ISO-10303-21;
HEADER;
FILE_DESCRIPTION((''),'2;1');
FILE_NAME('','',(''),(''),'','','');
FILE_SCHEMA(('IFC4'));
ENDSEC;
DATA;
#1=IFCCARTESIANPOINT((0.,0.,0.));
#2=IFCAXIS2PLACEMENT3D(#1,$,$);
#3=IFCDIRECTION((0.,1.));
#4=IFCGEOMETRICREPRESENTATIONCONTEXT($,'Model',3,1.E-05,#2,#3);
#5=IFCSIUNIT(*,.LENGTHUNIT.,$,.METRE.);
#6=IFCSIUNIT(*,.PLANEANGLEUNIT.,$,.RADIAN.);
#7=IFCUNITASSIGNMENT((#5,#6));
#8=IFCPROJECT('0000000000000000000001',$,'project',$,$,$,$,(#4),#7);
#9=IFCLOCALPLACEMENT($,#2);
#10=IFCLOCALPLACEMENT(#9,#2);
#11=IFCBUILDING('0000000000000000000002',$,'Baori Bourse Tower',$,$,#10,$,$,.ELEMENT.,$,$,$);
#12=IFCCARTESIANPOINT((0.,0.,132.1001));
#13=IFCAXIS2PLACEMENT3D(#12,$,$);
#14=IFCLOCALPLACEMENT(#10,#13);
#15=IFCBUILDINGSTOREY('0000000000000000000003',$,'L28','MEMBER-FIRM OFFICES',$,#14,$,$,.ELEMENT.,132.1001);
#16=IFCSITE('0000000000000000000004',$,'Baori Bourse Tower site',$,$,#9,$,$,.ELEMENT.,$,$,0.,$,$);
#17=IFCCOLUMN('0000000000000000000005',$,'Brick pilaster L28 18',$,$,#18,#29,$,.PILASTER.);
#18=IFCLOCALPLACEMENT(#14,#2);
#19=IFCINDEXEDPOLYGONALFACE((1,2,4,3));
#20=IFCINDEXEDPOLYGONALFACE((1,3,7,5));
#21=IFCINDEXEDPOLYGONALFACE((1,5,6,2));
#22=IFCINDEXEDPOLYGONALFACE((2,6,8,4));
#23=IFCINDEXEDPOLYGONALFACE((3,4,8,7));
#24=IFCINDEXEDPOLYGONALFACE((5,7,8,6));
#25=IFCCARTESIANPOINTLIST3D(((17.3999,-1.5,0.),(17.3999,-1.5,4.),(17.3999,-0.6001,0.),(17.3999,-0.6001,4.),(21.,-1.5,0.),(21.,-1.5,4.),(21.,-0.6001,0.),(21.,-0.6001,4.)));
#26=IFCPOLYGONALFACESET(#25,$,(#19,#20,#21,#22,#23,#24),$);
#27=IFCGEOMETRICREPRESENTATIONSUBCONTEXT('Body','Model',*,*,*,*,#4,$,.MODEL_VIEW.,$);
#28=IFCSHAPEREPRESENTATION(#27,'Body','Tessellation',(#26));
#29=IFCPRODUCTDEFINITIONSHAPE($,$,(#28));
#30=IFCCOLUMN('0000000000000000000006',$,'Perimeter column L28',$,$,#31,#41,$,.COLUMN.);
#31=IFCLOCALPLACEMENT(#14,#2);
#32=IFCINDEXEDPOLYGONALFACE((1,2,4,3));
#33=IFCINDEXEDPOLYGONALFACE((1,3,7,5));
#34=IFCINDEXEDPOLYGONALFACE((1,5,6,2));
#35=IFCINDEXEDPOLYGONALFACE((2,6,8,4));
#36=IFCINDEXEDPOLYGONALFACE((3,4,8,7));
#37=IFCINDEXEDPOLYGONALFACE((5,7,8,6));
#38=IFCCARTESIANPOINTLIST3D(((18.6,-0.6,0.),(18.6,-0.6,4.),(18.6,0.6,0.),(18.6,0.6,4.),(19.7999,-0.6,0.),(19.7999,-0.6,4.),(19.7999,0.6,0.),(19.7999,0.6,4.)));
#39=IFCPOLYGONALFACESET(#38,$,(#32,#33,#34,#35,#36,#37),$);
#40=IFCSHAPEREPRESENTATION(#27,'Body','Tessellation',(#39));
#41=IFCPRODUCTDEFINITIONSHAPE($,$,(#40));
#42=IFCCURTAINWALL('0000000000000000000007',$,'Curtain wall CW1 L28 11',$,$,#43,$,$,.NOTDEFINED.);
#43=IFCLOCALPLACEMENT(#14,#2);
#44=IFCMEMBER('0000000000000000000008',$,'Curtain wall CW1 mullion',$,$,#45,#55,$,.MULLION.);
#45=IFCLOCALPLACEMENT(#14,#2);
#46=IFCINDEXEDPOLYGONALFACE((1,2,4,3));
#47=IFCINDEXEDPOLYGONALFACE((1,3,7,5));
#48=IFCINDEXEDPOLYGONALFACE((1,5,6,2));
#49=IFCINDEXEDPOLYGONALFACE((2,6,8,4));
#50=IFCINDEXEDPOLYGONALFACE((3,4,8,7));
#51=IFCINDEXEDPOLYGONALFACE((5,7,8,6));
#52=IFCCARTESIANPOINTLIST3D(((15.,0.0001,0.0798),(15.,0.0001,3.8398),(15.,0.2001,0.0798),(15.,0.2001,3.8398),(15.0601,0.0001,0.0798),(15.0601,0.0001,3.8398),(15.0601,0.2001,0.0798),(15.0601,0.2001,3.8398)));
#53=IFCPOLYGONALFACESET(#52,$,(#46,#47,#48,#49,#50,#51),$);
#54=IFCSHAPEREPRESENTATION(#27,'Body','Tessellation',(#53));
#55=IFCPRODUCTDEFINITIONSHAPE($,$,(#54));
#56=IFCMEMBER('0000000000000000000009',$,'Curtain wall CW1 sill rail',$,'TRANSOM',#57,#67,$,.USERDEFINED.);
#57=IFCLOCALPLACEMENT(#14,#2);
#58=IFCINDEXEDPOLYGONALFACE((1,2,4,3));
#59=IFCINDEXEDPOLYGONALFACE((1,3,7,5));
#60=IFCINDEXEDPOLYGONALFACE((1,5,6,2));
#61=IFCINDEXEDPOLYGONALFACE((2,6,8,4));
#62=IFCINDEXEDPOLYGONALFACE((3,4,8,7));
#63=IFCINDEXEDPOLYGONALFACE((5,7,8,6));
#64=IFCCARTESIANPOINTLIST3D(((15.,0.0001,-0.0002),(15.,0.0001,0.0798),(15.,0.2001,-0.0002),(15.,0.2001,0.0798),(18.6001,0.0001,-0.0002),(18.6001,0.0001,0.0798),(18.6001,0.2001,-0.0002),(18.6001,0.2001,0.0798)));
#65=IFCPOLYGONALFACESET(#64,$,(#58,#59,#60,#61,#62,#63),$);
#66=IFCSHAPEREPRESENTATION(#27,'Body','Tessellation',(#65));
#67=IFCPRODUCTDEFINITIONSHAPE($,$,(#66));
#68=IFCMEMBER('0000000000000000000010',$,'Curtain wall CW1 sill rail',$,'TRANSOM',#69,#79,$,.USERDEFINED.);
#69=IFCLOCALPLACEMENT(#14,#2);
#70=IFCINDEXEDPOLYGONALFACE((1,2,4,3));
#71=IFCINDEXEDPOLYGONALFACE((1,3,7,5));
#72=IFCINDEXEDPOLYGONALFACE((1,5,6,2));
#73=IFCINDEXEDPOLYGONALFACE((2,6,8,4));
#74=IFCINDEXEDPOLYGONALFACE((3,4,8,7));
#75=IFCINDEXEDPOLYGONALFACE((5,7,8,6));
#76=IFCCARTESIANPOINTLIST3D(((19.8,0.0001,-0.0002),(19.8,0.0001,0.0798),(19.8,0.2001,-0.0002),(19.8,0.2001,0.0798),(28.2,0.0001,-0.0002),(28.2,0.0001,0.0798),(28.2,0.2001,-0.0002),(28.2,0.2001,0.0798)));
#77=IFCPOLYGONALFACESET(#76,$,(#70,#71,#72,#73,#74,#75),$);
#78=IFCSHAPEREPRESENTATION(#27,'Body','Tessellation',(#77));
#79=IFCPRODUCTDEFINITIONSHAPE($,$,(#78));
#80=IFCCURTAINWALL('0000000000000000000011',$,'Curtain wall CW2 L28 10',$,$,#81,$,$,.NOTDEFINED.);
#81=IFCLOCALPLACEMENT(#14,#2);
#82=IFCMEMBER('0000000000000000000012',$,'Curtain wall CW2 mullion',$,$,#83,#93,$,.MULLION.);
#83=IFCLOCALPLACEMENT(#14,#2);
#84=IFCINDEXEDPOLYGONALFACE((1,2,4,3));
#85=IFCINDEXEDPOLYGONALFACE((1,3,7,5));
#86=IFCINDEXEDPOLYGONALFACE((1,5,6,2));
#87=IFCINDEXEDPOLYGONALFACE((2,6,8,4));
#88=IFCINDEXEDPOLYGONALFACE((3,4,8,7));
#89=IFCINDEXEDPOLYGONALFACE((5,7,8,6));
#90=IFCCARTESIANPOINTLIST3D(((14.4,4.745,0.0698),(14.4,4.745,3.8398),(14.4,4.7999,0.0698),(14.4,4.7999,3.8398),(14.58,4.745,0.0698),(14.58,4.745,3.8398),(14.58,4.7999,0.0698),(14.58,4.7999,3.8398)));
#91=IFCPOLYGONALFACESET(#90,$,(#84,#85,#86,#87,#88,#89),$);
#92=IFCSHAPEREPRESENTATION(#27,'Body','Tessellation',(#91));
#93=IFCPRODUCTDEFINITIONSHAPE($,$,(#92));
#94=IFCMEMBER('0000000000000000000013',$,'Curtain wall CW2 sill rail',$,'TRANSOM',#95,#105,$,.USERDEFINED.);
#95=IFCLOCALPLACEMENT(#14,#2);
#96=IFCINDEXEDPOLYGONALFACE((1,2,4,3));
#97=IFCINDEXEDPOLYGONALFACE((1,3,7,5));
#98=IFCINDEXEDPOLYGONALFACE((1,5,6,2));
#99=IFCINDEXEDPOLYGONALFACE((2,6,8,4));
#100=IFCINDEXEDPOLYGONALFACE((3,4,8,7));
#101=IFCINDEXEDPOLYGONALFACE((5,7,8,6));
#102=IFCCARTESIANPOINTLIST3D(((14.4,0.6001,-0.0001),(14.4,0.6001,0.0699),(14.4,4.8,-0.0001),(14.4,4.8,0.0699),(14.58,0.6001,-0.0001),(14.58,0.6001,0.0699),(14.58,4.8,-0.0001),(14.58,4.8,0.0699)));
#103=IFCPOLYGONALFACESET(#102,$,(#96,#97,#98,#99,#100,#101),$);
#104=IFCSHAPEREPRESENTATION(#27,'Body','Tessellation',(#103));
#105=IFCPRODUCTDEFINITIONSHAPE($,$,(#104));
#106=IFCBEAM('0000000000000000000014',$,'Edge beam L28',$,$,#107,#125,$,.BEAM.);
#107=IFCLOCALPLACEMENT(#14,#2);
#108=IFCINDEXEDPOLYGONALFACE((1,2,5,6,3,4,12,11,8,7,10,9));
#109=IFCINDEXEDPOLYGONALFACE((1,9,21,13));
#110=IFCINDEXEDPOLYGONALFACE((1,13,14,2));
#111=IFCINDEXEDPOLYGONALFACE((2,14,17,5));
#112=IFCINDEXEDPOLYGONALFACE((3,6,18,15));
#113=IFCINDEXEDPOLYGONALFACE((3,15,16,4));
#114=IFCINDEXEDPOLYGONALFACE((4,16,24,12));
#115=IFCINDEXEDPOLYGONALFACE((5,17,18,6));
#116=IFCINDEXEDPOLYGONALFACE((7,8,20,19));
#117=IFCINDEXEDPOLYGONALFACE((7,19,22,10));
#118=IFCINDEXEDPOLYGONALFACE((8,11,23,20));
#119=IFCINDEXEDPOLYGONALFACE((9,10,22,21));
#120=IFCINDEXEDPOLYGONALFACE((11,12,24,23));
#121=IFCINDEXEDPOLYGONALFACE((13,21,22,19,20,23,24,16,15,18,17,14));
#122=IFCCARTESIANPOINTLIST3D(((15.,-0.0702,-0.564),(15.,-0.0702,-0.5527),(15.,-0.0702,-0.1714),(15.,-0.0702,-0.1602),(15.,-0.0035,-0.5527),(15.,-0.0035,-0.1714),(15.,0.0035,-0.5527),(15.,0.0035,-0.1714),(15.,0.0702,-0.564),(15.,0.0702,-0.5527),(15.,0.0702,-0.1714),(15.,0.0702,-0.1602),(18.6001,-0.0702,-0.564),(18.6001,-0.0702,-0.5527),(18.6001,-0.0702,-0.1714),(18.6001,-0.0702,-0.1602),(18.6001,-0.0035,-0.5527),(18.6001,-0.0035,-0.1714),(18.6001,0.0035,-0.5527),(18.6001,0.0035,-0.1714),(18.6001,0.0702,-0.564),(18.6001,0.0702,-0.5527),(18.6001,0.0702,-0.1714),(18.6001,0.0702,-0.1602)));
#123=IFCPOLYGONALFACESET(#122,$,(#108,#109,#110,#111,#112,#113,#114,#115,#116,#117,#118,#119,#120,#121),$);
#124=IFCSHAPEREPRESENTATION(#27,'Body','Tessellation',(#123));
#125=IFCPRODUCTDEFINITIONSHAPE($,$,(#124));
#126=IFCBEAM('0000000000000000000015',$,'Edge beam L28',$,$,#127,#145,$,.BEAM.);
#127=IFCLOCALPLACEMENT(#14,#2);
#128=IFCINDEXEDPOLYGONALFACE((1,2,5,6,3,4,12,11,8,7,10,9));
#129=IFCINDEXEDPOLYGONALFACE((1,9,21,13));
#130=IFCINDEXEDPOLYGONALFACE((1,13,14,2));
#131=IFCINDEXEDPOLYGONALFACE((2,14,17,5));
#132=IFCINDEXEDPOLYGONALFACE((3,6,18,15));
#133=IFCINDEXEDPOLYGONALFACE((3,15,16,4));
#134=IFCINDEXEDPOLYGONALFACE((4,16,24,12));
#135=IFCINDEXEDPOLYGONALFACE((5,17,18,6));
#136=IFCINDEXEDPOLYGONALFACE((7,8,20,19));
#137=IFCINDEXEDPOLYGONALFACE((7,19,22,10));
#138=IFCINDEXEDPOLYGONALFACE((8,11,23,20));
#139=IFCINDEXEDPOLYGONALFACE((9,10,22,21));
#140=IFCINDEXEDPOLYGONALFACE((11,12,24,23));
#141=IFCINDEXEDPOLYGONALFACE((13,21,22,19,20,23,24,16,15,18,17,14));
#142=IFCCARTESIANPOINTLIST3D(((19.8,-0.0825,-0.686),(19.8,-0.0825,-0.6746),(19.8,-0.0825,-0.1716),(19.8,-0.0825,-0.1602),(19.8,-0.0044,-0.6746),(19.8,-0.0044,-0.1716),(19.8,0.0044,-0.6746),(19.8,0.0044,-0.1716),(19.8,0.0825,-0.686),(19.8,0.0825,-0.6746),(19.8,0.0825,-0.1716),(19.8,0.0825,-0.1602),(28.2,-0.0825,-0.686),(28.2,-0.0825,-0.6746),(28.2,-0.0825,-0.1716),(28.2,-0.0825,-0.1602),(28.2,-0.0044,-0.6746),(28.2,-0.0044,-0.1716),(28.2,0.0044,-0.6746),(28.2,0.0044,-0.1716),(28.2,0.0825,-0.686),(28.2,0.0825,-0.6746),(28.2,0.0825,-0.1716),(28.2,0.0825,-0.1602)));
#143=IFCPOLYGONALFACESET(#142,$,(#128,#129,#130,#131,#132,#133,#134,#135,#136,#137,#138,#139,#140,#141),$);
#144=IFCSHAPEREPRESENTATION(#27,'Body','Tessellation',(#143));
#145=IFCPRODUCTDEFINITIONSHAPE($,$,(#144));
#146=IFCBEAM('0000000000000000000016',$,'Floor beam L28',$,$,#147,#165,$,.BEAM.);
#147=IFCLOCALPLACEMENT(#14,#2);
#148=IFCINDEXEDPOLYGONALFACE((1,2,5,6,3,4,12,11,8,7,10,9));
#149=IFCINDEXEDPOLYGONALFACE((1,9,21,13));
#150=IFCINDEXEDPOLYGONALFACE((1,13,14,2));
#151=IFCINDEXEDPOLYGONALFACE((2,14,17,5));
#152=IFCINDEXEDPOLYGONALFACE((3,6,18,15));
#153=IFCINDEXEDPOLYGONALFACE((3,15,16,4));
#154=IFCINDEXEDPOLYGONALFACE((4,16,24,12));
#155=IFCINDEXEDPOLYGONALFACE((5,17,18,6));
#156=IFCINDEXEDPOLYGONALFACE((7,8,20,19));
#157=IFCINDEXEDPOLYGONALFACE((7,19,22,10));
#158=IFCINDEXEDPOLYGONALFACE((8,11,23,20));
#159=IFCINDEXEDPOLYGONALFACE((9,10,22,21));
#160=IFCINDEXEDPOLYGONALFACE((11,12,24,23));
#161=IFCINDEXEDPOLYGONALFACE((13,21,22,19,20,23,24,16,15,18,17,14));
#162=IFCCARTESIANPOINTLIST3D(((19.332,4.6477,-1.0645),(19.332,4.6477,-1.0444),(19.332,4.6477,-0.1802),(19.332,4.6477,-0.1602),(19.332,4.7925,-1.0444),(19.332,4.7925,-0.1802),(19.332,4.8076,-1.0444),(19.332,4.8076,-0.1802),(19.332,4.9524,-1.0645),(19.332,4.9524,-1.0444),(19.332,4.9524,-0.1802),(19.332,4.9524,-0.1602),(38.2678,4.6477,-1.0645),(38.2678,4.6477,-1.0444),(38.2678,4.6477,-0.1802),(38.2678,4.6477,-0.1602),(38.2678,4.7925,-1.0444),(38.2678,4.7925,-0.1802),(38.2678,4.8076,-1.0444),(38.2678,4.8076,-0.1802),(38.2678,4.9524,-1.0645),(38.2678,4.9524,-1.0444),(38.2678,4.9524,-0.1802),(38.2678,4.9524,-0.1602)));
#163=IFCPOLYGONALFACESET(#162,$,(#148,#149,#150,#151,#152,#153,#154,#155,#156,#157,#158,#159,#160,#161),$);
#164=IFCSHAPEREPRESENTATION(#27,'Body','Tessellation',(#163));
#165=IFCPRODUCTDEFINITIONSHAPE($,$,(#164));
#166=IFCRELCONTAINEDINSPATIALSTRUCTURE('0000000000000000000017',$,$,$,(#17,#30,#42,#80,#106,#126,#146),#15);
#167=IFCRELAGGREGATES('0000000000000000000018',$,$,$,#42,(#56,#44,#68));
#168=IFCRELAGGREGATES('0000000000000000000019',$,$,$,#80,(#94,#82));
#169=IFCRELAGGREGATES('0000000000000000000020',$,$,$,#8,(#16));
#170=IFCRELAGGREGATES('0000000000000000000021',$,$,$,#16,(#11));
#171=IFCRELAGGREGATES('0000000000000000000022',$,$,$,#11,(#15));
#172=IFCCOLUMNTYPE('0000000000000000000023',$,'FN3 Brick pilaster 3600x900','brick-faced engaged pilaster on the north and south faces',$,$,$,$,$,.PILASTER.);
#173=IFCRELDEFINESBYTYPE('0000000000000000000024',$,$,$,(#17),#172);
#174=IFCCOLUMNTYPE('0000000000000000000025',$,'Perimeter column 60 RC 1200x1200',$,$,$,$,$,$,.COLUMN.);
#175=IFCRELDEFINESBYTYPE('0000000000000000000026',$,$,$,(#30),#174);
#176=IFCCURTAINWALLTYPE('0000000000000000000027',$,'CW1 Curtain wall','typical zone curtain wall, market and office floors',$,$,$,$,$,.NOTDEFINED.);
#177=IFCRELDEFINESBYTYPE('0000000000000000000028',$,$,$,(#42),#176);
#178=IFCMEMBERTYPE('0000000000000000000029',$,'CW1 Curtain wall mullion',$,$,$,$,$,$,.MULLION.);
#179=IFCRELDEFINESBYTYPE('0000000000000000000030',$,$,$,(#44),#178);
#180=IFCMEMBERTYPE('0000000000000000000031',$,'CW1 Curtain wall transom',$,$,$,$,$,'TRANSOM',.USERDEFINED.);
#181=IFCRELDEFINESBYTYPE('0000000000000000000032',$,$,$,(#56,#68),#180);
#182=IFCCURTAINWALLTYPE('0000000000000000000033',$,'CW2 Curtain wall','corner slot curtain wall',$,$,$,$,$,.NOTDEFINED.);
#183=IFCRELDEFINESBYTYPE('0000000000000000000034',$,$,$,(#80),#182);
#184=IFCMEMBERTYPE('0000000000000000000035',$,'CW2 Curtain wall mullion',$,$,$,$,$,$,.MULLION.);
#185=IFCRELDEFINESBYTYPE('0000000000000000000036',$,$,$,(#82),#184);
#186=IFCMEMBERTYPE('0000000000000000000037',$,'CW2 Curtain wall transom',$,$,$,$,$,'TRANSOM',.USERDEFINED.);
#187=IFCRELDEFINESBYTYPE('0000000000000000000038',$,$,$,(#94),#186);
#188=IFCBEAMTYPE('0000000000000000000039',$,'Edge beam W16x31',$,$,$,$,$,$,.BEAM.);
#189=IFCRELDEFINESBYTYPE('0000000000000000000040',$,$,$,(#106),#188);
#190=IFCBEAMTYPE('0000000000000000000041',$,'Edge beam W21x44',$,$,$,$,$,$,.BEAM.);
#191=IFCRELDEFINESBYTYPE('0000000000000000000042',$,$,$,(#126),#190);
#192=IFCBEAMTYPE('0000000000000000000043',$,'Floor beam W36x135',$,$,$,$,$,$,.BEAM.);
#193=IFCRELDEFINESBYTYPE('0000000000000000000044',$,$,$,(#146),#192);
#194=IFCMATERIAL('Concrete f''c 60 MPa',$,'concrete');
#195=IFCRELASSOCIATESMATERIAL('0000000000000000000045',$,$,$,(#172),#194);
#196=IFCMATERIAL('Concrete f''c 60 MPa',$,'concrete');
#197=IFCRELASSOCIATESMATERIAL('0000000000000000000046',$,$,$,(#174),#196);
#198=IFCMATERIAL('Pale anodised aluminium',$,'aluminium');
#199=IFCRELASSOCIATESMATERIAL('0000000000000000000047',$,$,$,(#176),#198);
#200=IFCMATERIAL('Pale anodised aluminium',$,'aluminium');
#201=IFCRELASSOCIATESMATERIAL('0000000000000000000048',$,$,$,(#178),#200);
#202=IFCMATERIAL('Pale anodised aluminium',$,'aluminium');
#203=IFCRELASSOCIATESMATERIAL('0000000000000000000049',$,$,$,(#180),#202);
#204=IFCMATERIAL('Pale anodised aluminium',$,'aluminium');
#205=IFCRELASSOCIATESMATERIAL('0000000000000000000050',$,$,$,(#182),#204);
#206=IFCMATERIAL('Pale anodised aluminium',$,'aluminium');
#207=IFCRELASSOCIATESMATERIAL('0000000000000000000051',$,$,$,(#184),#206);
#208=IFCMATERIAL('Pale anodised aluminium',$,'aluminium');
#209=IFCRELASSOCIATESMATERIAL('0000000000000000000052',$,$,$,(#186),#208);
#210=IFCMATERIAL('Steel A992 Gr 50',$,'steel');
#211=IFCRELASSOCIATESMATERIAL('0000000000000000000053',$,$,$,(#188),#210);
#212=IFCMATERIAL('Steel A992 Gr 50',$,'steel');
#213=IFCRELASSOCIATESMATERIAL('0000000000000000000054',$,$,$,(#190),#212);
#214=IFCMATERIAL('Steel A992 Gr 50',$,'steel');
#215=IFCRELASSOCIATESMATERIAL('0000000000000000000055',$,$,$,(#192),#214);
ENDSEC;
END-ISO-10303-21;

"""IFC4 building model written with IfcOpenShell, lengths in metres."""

from ifc_helpers import new_model, si_unit, direction, frame, origin, origin_2d, place, context, subcontext, project, spatial, rectangle, i_section, extrude, material, material_profile, profile_set, type_object, element, aggregate, save


model = new_model("IFC4")

# Units and contexts
model_context = context("Model", 3, precision=1e-05, world=origin(), true_north=direction((0.0, 1.0)))
body_context = subcontext(model_context, "Body", "Model", "MODEL_VIEW")
ifc_project = project(units=[si_unit("LENGTHUNIT", "METRE"), si_unit("PLANEANGLEUNIT", "RADIAN")], contexts=[model_context])

# Site, building, storey
site_placement = place(None, origin())
site = spatial("IfcSite", under=ifc_project, at=site_placement, Name="Baori Bourse Tower site", CompositionType="ELEMENT", RefElevation=0.0)
building_placement = place(site_placement, origin())
building = spatial("IfcBuilding", under=site, at=building_placement, Name="Baori Bourse Tower", CompositionType="ELEMENT")
storey_placement = place(building_placement, frame((0.0, 0.0, 132.1001)))
storey = spatial("IfcBuildingStorey", under=building, at=storey_placement, Name="L28", Description="MEMBER-FIRM OFFICES", CompositionType="ELEMENT", Elevation=132.1001)

# Columns
ifc_material_1 = material(Name="Concrete f'c 60 MPa", Category="concrete")
ifc_material_profile_1 = material_profile(ifc_material_1, rectangle(XDim=3.6001, YDim=0.8999, at=origin_2d()), Name="RC 3600x900")
ifc_profile_set_1 = profile_set([ifc_material_profile_1], Name="Concrete f'c 60 MPa")
column_type_1 = type_object("IfcColumnType", Name="FN3 Brick pilaster 3600x900", Description="brick-faced engaged pilaster on the north and south faces", PredefinedType="PILASTER", material=ifc_profile_set_1)
column_1_placement = place(storey_placement, frame((19.2, -1.05, 0.0), z_axis=(0.0, 0.0, 1.0), x_axis=(1.0, 0.0, 0.0)))
element("IfcColumn", 1, at=column_1_placement, inside=storey, type_object=column_type_1, Name="Brick pilaster L28 18", PredefinedType="PILASTER", context=body_context, shape_type="SweptSolid", body=[
    extrude(rectangle(XDim=3.6001, YDim=0.8999, at=origin_2d()), origin(), (0.0, 0.0, 1.0), 4.0),
])
ifc_material_2 = material(Name="Concrete f'c 60 MPa", Category="concrete")
ifc_material_profile_2 = material_profile(ifc_material_2, rectangle(XDim=1.2, YDim=1.2, at=origin_2d()), Name="RC 1200x1200")
ifc_profile_set_2 = profile_set([ifc_material_profile_2], Name="Concrete f'c 60 MPa")
column_type_2 = type_object("IfcColumnType", Name="Perimeter column 60 RC 1200x1200", PredefinedType="COLUMN", material=ifc_profile_set_2)
column_2_placement = place(storey_placement, frame((19.2, 0.0, 0.0), z_axis=(0.0, 0.0, 1.0), x_axis=(1.0, 0.0, 0.0)))
element("IfcColumn", 2, at=column_2_placement, inside=storey, type_object=column_type_2, Name="Perimeter column L28", PredefinedType="COLUMN", context=body_context, shape_type="SweptSolid", body=[
    extrude(rectangle(XDim=1.2, YDim=1.2, at=origin_2d()), origin(), (0.0, 0.0, 1.0), 4.0),
])

# Curtain walls, members
ifc_material_3 = material(Name="Pale anodised aluminium", Category="aluminium")
curtain_wall_type_1 = type_object("IfcCurtainWallType", Name="CW1 Curtain wall", Description="typical zone curtain wall, market and office floors", PredefinedType="NOTDEFINED", material=ifc_material_3)
curtain_wall_1_placement = place(storey_placement, origin())
curtain_wall_1 = element("IfcCurtainWall", 3, at=curtain_wall_1_placement, inside=storey, type_object=curtain_wall_type_1, Name="Curtain wall CW1 L28 11", PredefinedType="NOTDEFINED")
ifc_material_4 = material(Name="Pale anodised aluminium", Category="aluminium")
ifc_material_profile_3 = material_profile(ifc_material_4, rectangle(XDim=0.2, YDim=0.0601, at=origin_2d()), Name="Mullion 60x200")
ifc_profile_set_3 = profile_set([ifc_material_profile_3], Name="Pale anodised aluminium")
member_type_1 = type_object("IfcMemberType", Name="CW1 Curtain wall mullion", PredefinedType="MULLION", material=ifc_profile_set_3)
member_1_placement = place(storey_placement, frame((15.03, 0.1001, 0.0798), z_axis=(0.0, 0.0, 1.0), x_axis=(0.0, 1.0, 0.0)))
member_1 = element("IfcMember", 4, at=member_1_placement, type_object=member_type_1, Name="Curtain wall CW1 mullion", PredefinedType="MULLION", context=body_context, shape_type="SweptSolid", body=[
    extrude(rectangle(XDim=0.2, YDim=0.0601, at=origin_2d()), origin(), (0.0, 0.0, 1.0), 3.76),
])
ifc_material_5 = material(Name="Pale anodised aluminium", Category="aluminium")
ifc_material_profile_4 = material_profile(ifc_material_5, rectangle(XDim=0.2, YDim=0.0801, at=origin_2d()), Name="Transom 80x200")
ifc_profile_set_4 = profile_set([ifc_material_profile_4], Name="Pale anodised aluminium")
member_type_2 = type_object("IfcMemberType", Name="CW1 Curtain wall transom", ElementType="TRANSOM", PredefinedType="USERDEFINED", material=ifc_profile_set_4)
member_2_placement = place(storey_placement, frame((15.0, 0.1001, 0.0398), z_axis=(1.0, 0.0, 0.0), x_axis=(0.0, 1.0, 0.0)))
member_2 = element("IfcMember", 5, at=member_2_placement, type_object=member_type_2, Name="Curtain wall CW1 sill rail", ObjectType="TRANSOM", PredefinedType="USERDEFINED", context=body_context, shape_type="SweptSolid", body=[
    extrude(rectangle(XDim=0.2, YDim=0.0801, at=origin_2d()), origin(), (0.0, 0.0, 1.0), 3.6001),
])
member_3_placement = place(storey_placement, frame((19.8, 0.1001, 0.0398), z_axis=(1.0, 0.0, 0.0), x_axis=(0.0, 1.0, 0.0)))
member_3 = element("IfcMember", 6, at=member_3_placement, type_object=member_type_2, Name="Curtain wall CW1 sill rail", ObjectType="TRANSOM", PredefinedType="USERDEFINED", context=body_context, shape_type="SweptSolid", body=[
    extrude(rectangle(XDim=0.2, YDim=0.0801, at=origin_2d()), origin(), (0.0, 0.0, 1.0), 8.3999),
])
ifc_material_6 = material(Name="Pale anodised aluminium", Category="aluminium")
curtain_wall_type_2 = type_object("IfcCurtainWallType", Name="CW2 Curtain wall", Description="corner slot curtain wall", PredefinedType="NOTDEFINED", material=ifc_material_6)
curtain_wall_2_placement = place(storey_placement, origin())
curtain_wall_2 = element("IfcCurtainWall", 7, at=curtain_wall_2_placement, inside=storey, type_object=curtain_wall_type_2, Name="Curtain wall CW2 L28 10", PredefinedType="NOTDEFINED")
ifc_material_7 = material(Name="Pale anodised aluminium", Category="aluminium")
ifc_material_profile_5 = material_profile(ifc_material_7, rectangle(XDim=0.1799, YDim=0.0549, at=origin_2d()), Name="Mullion 55x180")
ifc_profile_set_5 = profile_set([ifc_material_profile_5], Name="Pale anodised aluminium")
member_type_3 = type_object("IfcMemberType", Name="CW2 Curtain wall mullion", PredefinedType="MULLION", material=ifc_profile_set_5)
member_4_placement = place(storey_placement, frame((14.49, 4.7725, 0.0698), z_axis=(0.0, 0.0, 1.0), x_axis=(1.0, 0.0, 0.0)))
member_4 = element("IfcMember", 8, at=member_4_placement, type_object=member_type_3, Name="Curtain wall CW2 mullion", PredefinedType="MULLION", context=body_context, shape_type="SweptSolid", body=[
    extrude(rectangle(XDim=0.1799, YDim=0.0549, at=origin_2d()), origin(), (0.0, 0.0, 1.0), 3.77),
])
ifc_material_8 = material(Name="Pale anodised aluminium", Category="aluminium")
ifc_material_profile_6 = material_profile(ifc_material_8, rectangle(XDim=0.1799, YDim=0.0701, at=origin_2d()), Name="Transom 70x180")
ifc_profile_set_6 = profile_set([ifc_material_profile_6], Name="Pale anodised aluminium")
member_type_4 = type_object("IfcMemberType", Name="CW2 Curtain wall transom", ElementType="TRANSOM", PredefinedType="USERDEFINED", material=ifc_profile_set_6)
member_5_placement = place(storey_placement, frame((14.49, 4.8, 0.0349), z_axis=(0.0, -1.0, 0.0), x_axis=(1.0, 0.0, 0.0)))
member_5 = element("IfcMember", 9, at=member_5_placement, type_object=member_type_4, Name="Curtain wall CW2 sill rail", ObjectType="TRANSOM", PredefinedType="USERDEFINED", context=body_context, shape_type="SweptSolid", body=[
    extrude(rectangle(XDim=0.1799, YDim=0.0701, at=origin_2d()), origin(), (0.0, 0.0, 1.0), 4.2),
])

# Beams
ifc_material_9 = material(Name="Steel A992 Gr 50", Category="steel")
ifc_material_profile_7 = material_profile(ifc_material_9, i_section(OverallWidth=0.1404, OverallDepth=0.4038, WebThickness=0.0071, FlangeThickness=0.0112, at=origin_2d()), Name="W16x31")
ifc_profile_set_7 = profile_set([ifc_material_profile_7], Name="Steel A992 Gr 50")
beam_type_1 = type_object("IfcBeamType", Name="Edge beam W16x31", PredefinedType="BEAM", material=ifc_profile_set_7)
beam_1_placement = place(storey_placement, frame((15.0, 0.0, -0.3621), z_axis=(1.0, 0.0, 0.0), x_axis=(0.0, 1.0, 0.0)))
element("IfcBeam", 10, at=beam_1_placement, inside=storey, type_object=beam_type_1, Name="Edge beam L28", PredefinedType="BEAM", context=body_context, shape_type="SweptSolid", body=[
    extrude(i_section(OverallWidth=0.1404, OverallDepth=0.4038, WebThickness=0.0071, FlangeThickness=0.0112, at=origin_2d()), origin(), (0.0, 0.0, 1.0), 3.6001),
])
ifc_material_10 = material(Name="Steel A992 Gr 50", Category="steel")
ifc_material_profile_8 = material_profile(ifc_material_10, i_section(OverallWidth=0.165, OverallDepth=0.5259, WebThickness=0.0088, FlangeThickness=0.0115, at=origin_2d()), Name="W21x44")
ifc_profile_set_8 = profile_set([ifc_material_profile_8], Name="Steel A992 Gr 50")
beam_type_2 = type_object("IfcBeamType", Name="Edge beam W21x44", PredefinedType="BEAM", material=ifc_profile_set_8)
beam_2_placement = place(storey_placement, frame((19.8, 0.0, -0.4231), z_axis=(1.0, 0.0, 0.0), x_axis=(0.0, 1.0, 0.0)))
element("IfcBeam", 11, at=beam_2_placement, inside=storey, type_object=beam_type_2, Name="Edge beam L28", PredefinedType="BEAM", context=body_context, shape_type="SweptSolid", body=[
    extrude(i_section(OverallWidth=0.165, OverallDepth=0.5259, WebThickness=0.0088, FlangeThickness=0.0115, at=origin_2d()), origin(), (0.0, 0.0, 1.0), 8.3999),
])
ifc_material_11 = material(Name="Steel A992 Gr 50", Category="steel")
ifc_material_profile_9 = material_profile(ifc_material_11, i_section(OverallWidth=0.3047, OverallDepth=0.9043, WebThickness=0.0151, FlangeThickness=0.02, at=origin_2d()), Name="W36x135")
ifc_profile_set_9 = profile_set([ifc_material_profile_9], Name="Steel A992 Gr 50")
beam_type_3 = type_object("IfcBeamType", Name="Floor beam W36x135", PredefinedType="BEAM", material=ifc_profile_set_9)
beam_3_placement = place(storey_placement, frame((19.332, 4.8, -0.6123), z_axis=(1.0, 0.0, 0.0), x_axis=(0.0, 1.0, 0.0)))
element("IfcBeam", 12, at=beam_3_placement, inside=storey, type_object=beam_type_3, Name="Floor beam L28", PredefinedType="BEAM", context=body_context, shape_type="SweptSolid", body=[
    extrude(i_section(OverallWidth=0.3047, OverallDepth=0.9043, WebThickness=0.0151, FlangeThickness=0.02, at=origin_2d()), origin(), (0.0, 0.0, 1.0), 18.9358),
])

aggregate(curtain_wall_1, [member_2, member_1, member_3])
aggregate(curtain_wall_2, [member_5, member_4])

save(model, "model.ifc")
